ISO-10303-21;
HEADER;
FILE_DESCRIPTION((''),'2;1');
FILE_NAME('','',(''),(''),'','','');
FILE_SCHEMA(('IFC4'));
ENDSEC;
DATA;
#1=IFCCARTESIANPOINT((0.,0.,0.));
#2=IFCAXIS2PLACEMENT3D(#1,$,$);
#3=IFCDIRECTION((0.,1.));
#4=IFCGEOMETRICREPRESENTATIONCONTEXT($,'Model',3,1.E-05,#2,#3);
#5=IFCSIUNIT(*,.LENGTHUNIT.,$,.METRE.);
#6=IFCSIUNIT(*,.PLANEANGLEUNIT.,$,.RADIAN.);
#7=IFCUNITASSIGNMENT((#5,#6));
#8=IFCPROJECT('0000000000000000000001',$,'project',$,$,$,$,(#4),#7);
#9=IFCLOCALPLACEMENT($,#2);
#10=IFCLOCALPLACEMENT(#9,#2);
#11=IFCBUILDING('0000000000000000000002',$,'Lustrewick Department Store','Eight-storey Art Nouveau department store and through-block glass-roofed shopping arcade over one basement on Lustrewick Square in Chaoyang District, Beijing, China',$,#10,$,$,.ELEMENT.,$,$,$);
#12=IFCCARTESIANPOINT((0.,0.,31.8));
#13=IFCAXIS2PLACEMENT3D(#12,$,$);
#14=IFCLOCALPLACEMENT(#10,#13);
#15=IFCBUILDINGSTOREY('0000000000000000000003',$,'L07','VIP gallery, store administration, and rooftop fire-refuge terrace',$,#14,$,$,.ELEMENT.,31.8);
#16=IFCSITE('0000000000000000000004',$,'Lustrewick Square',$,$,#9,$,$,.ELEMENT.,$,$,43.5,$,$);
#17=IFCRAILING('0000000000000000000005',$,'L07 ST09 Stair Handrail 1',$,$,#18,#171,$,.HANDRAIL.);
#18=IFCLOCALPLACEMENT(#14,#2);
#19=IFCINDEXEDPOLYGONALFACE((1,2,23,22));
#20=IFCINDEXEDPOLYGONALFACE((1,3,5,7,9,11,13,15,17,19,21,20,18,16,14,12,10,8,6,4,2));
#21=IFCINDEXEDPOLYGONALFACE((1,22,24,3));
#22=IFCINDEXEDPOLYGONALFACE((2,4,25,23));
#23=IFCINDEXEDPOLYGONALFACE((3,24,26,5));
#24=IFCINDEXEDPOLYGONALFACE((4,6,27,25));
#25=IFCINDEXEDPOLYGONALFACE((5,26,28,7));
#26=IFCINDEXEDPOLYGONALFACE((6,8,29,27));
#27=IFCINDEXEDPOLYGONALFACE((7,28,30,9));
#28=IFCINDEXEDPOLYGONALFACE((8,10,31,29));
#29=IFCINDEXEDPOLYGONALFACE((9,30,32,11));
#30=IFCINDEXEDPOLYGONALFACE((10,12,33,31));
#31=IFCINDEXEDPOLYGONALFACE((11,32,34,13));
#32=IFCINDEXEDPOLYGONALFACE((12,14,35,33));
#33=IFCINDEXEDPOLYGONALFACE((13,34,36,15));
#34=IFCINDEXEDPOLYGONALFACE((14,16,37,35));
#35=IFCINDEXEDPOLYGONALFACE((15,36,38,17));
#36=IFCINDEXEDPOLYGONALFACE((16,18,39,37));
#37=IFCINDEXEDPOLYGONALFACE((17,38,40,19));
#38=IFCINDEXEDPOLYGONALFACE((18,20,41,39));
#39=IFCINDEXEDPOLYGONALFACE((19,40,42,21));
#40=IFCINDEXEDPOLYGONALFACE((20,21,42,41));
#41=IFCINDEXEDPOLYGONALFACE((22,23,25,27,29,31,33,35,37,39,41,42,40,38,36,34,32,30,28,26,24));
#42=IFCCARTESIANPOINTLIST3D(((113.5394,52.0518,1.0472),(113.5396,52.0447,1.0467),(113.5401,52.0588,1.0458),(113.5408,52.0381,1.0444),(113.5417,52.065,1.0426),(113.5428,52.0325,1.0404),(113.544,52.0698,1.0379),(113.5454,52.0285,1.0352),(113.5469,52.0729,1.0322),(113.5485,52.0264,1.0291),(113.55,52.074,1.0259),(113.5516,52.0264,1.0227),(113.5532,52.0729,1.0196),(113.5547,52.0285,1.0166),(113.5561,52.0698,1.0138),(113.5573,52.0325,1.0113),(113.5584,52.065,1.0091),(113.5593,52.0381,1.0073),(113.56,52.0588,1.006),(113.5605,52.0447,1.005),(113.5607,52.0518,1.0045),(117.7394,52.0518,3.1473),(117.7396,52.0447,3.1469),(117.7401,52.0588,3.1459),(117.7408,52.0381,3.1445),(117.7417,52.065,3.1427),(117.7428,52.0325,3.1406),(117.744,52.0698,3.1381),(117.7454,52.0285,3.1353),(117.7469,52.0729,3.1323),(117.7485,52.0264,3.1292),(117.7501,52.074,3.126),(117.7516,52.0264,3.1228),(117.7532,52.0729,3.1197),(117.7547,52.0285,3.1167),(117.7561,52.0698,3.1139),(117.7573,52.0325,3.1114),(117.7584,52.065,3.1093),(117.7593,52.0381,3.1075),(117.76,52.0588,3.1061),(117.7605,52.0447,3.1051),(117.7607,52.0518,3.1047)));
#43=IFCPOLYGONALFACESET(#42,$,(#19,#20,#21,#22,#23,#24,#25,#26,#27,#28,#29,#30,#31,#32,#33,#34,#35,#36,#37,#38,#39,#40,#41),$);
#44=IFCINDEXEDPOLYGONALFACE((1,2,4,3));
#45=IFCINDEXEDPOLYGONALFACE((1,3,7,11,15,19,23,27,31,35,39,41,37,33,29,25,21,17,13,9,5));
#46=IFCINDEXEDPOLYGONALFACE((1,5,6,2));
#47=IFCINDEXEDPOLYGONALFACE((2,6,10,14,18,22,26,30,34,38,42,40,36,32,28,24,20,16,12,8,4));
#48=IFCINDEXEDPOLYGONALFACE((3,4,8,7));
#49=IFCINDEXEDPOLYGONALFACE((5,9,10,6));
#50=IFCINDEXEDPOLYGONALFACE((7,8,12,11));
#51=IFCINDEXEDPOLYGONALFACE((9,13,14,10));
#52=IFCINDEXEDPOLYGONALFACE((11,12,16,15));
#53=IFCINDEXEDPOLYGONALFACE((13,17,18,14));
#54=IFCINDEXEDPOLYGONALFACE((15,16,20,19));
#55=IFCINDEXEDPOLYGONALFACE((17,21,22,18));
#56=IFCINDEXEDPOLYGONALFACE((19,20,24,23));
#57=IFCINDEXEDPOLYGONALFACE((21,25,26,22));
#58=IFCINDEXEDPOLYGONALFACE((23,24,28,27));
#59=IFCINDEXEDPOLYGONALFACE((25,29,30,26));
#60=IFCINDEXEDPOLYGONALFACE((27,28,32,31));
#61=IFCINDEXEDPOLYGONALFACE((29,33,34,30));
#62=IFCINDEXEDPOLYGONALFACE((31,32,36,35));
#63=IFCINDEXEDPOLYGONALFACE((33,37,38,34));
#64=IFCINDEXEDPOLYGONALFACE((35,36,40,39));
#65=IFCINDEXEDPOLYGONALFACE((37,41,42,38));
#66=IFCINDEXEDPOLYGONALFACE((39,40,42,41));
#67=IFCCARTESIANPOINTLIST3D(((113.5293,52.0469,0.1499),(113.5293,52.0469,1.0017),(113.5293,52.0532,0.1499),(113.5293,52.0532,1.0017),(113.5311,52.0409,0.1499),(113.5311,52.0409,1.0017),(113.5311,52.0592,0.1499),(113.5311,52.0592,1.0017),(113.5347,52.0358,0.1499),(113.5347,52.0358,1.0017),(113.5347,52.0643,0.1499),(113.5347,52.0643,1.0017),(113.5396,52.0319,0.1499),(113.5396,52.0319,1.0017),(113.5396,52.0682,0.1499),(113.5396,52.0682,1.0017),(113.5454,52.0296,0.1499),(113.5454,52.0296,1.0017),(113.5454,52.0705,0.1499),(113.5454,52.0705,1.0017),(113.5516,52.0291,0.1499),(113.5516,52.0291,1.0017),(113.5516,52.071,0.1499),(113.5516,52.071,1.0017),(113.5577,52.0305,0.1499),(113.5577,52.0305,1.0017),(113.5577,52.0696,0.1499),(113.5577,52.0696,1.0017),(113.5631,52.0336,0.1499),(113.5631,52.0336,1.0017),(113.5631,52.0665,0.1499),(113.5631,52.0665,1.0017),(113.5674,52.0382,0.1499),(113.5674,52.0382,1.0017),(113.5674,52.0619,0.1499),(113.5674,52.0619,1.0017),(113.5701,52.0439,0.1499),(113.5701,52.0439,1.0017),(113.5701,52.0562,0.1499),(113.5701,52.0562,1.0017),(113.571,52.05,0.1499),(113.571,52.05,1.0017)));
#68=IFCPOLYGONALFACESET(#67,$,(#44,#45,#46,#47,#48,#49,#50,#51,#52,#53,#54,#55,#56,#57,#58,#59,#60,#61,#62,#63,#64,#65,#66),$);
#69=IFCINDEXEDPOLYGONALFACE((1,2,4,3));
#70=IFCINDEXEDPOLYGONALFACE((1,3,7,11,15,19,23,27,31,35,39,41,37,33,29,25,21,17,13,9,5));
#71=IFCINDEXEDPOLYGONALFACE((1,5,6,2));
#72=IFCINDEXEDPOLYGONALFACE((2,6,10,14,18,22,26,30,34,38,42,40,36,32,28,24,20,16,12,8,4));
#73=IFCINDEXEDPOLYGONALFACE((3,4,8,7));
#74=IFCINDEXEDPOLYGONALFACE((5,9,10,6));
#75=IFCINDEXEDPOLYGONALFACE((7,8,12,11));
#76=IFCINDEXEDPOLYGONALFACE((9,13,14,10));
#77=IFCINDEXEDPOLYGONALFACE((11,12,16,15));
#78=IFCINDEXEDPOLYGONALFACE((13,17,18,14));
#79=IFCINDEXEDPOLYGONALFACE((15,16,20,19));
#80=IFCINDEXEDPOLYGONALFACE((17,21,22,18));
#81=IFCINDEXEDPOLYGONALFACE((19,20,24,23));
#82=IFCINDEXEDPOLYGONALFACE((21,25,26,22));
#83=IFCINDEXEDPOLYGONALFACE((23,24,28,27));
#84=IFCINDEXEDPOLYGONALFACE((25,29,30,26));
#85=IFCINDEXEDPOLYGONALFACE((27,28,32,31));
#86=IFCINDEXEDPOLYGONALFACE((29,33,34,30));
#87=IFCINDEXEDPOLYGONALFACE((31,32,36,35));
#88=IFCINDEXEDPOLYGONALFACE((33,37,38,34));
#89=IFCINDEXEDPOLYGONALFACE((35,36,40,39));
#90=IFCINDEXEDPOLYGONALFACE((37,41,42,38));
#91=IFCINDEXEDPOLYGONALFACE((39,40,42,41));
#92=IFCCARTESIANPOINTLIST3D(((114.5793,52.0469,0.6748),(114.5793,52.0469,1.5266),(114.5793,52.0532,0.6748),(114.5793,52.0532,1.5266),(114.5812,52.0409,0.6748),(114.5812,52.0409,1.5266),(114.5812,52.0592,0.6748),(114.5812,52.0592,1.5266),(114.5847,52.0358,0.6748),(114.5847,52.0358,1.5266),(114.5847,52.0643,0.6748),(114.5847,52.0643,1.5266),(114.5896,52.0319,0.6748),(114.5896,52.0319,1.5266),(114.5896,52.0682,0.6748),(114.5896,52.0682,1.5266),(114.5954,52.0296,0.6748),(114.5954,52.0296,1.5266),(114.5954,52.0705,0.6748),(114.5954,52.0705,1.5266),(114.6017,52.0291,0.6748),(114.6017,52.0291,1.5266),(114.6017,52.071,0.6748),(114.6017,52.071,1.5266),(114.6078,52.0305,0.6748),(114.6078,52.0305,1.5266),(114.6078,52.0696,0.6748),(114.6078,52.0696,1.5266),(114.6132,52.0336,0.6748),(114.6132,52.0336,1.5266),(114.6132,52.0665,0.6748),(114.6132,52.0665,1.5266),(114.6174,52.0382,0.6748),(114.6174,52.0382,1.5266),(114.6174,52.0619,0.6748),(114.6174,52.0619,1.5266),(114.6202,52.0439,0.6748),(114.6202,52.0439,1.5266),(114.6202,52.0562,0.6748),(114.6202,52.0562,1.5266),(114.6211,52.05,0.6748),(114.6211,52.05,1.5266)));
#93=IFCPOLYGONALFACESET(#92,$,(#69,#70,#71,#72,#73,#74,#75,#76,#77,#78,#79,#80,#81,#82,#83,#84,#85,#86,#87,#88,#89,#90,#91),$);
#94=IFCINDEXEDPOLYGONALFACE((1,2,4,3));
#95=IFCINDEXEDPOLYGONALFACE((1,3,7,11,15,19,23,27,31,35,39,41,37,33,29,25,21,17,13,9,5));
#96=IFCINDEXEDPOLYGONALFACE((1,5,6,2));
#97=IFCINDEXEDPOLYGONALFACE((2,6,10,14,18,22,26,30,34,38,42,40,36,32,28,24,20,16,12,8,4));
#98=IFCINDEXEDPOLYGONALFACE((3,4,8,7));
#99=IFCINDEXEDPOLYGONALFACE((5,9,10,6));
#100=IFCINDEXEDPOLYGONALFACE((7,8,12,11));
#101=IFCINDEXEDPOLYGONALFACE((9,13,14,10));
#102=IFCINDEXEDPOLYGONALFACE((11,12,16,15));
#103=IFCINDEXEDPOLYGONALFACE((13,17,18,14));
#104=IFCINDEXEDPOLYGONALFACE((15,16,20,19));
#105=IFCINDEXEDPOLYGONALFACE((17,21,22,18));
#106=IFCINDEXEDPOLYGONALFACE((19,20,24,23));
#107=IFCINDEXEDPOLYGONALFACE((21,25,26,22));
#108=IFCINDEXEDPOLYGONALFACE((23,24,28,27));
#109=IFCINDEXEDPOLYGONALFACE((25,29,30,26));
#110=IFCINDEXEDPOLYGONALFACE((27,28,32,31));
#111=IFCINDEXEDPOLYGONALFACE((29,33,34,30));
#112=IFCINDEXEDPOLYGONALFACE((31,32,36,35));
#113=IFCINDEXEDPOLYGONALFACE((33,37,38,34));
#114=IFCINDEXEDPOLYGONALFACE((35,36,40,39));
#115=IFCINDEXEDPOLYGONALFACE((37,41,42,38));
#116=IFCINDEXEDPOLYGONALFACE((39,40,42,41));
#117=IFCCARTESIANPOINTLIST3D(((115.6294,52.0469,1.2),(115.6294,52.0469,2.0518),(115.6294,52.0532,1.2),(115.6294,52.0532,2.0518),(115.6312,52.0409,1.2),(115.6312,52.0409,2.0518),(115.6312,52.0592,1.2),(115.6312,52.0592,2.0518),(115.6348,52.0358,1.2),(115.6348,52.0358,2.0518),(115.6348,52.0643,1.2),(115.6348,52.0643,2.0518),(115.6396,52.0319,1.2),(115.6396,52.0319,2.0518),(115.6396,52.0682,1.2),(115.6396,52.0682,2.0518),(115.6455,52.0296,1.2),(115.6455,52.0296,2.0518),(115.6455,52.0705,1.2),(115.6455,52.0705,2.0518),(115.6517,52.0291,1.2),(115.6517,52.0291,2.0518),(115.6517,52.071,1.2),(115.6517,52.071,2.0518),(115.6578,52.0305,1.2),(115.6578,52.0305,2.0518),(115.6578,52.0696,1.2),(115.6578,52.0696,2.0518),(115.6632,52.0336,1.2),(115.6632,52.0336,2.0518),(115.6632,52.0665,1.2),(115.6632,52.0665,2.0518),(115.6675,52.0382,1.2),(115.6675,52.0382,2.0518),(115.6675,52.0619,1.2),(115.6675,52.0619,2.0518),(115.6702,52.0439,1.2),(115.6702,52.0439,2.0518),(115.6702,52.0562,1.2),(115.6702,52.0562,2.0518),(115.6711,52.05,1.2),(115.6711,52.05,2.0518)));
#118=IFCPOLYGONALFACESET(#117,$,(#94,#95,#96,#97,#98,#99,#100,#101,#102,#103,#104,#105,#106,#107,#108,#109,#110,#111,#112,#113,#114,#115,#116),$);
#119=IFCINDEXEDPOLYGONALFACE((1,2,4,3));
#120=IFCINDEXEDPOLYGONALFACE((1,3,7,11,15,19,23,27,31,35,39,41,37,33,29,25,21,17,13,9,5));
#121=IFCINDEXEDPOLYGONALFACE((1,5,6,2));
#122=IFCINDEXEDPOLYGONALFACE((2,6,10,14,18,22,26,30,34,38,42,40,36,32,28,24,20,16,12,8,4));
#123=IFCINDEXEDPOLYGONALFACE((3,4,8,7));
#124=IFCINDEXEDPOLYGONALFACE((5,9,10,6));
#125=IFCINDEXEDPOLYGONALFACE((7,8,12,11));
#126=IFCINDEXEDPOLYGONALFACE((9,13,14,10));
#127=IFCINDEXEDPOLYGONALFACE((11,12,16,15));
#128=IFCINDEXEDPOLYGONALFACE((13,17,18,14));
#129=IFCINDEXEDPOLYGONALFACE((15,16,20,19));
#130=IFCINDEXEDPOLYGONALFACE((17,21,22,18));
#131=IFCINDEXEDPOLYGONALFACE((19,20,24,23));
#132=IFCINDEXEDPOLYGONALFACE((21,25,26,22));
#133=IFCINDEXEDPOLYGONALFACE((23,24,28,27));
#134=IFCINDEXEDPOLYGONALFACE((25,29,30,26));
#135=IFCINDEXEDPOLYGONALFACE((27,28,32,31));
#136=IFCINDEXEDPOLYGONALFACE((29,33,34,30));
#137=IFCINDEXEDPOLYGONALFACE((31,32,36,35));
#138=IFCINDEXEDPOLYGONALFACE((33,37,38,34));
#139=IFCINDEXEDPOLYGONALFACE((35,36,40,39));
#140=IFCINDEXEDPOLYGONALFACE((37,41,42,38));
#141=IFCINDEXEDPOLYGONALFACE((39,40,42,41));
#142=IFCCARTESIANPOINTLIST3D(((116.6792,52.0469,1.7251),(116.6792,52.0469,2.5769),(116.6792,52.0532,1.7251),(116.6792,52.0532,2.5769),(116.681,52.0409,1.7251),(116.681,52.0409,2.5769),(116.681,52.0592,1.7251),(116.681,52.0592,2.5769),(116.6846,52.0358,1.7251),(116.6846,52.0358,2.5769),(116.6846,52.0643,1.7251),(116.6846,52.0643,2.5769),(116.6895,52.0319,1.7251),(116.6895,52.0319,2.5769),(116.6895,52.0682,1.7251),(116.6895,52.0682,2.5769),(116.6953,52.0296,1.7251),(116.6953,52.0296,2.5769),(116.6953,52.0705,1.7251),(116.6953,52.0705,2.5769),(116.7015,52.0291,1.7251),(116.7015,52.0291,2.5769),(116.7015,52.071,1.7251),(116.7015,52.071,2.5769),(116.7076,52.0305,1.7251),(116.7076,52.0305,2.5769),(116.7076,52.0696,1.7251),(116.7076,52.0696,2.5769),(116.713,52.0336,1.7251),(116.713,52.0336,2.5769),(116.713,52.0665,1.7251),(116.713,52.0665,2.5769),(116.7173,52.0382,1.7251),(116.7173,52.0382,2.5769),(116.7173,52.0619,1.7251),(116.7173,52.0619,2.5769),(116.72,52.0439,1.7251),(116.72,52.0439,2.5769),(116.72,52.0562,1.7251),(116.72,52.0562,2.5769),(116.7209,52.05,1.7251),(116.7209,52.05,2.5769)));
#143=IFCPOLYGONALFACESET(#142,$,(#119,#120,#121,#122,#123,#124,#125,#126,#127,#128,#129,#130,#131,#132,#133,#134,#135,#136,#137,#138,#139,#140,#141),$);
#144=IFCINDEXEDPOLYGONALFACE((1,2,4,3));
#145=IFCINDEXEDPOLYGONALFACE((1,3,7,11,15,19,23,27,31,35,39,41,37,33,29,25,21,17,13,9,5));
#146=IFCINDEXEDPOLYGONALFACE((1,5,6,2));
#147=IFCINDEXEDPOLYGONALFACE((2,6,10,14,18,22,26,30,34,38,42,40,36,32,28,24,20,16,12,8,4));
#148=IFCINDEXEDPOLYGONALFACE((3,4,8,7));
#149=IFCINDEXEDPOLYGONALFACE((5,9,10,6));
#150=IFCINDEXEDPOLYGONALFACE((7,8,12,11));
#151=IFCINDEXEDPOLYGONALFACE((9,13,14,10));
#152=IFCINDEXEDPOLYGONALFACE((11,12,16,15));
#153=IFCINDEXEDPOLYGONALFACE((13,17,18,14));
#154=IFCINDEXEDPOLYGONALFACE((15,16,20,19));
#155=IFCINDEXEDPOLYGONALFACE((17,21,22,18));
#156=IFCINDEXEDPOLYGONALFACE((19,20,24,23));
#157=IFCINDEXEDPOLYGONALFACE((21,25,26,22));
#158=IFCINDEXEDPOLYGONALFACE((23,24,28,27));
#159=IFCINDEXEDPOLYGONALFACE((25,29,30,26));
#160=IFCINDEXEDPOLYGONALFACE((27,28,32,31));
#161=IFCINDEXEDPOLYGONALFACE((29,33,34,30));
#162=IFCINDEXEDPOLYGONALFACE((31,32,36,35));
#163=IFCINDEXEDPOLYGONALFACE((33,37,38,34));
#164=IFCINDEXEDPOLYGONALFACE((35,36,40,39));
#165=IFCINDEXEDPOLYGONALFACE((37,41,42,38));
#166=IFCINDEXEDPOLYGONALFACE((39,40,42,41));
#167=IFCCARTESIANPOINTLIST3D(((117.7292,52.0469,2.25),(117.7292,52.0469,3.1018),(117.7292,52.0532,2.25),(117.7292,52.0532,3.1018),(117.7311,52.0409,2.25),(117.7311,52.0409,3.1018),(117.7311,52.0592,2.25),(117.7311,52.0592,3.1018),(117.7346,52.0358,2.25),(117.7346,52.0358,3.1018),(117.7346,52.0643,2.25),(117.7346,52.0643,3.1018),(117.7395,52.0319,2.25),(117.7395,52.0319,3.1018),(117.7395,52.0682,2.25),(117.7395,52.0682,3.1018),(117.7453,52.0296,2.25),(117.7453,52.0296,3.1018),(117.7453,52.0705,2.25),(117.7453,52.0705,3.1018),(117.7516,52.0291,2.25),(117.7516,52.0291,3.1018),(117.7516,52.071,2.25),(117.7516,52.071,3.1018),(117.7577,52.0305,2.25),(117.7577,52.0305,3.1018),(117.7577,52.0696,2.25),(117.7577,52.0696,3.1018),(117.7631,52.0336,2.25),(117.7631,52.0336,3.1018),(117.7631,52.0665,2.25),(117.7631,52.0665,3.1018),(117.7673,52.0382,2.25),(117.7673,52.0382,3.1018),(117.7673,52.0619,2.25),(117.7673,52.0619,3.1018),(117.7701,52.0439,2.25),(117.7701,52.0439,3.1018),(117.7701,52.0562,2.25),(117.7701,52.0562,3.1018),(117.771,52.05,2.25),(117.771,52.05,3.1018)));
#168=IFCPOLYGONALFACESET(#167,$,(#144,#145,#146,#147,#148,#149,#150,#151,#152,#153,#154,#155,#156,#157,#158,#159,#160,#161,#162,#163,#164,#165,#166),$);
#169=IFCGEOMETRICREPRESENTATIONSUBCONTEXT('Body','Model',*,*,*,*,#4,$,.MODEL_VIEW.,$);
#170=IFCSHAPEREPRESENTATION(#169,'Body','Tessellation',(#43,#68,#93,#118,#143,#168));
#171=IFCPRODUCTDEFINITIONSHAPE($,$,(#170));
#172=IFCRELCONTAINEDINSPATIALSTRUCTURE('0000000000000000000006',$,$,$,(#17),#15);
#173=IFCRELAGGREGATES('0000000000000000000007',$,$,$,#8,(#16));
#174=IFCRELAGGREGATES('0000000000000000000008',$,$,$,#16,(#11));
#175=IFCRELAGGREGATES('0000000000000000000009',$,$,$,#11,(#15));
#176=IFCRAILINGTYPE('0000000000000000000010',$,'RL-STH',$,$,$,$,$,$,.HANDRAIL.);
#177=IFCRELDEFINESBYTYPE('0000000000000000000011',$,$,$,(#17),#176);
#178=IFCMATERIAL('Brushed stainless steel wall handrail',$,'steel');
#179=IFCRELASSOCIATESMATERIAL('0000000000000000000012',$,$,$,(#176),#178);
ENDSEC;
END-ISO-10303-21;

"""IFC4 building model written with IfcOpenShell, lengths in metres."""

from ifc_helpers import new_model, si_unit, direction, frame, origin, origin_2d, place, context, subcontext, project, spatial, circle, extrude, material, type_object, element, save


model = new_model("IFC4")

# Units and contexts
model_context = context("Model", 3, precision=1e-05, world=origin(), true_north=direction((0.0, 1.0)))
body_context = subcontext(model_context, "Body", "Model", "MODEL_VIEW")
ifc_project = project(units=[si_unit("LENGTHUNIT", "METRE"), si_unit("PLANEANGLEUNIT", "RADIAN")], contexts=[model_context])

# Site, building, storey
site_placement = place(None, origin())
site = spatial("IfcSite", under=ifc_project, at=site_placement, Name="Lustrewick Square", CompositionType="ELEMENT", RefElevation=43.5)
building_placement = place(site_placement, origin())
building = spatial("IfcBuilding", under=site, at=building_placement, Name="Lustrewick Department Store", Description="Eight-storey Art Nouveau department store and through-block glass-roofed shopping arcade over one basement on Lustrewick Square in Chaoyang District, Beijing, China", CompositionType="ELEMENT")
storey_placement = place(building_placement, frame((0.0, 0.0, 31.8)))
storey = spatial("IfcBuildingStorey", under=building, at=storey_placement, Name="L07", Description="VIP gallery, store administration, and rooftop fire-refuge terrace", CompositionType="ELEMENT", Elevation=31.8)

# Railing
ifc_material_1 = material(Name="Brushed stainless steel wall handrail", Category="steel")
railing_type_1 = type_object("IfcRailingType", Name="RL-STH", PredefinedType="HANDRAIL", material=ifc_material_1)
railing_1_placement = place(storey_placement, frame((113.55, 52.05, 0.1499)))
element("IfcRailing", 1, at=railing_1_placement, inside=storey, type_object=railing_type_1, Name="L07 ST09 Stair Handrail 1", PredefinedType="HANDRAIL", context=body_context, shape_type="SweptSolid", body=[
    extrude(circle(Radius=0.0239, at=origin_2d()), frame((0.0, 0.0, 0.876), z_axis=(0.894417, 0.0, 0.447234), x_axis=(0.0, 1.0, 0.0)), (0.0, 0.0, 1.0), 4.6958),
    extrude(circle(Radius=0.021, at=origin_2d()), origin(), (0.0, 0.0, 1.0), 0.8518),
    extrude(circle(Radius=0.021, at=origin_2d()), frame((1.05, 0.0, 0.5249)), (0.0, 0.0, 1.0), 0.8518),
    extrude(circle(Radius=0.021, at=origin_2d()), frame((2.1001, 0.0, 1.05)), (0.0, 0.0, 1.0), 0.8518),
    extrude(circle(Radius=0.021, at=origin_2d()), frame((3.1499, 0.0, 1.5752)), (0.0, 0.0, 1.0), 0.8518),
    extrude(circle(Radius=0.021, at=origin_2d()), frame((4.2, 0.0, 2.1001)), (0.0, 0.0, 1.0), 0.8518),
])

save(model, "model.ifc")
